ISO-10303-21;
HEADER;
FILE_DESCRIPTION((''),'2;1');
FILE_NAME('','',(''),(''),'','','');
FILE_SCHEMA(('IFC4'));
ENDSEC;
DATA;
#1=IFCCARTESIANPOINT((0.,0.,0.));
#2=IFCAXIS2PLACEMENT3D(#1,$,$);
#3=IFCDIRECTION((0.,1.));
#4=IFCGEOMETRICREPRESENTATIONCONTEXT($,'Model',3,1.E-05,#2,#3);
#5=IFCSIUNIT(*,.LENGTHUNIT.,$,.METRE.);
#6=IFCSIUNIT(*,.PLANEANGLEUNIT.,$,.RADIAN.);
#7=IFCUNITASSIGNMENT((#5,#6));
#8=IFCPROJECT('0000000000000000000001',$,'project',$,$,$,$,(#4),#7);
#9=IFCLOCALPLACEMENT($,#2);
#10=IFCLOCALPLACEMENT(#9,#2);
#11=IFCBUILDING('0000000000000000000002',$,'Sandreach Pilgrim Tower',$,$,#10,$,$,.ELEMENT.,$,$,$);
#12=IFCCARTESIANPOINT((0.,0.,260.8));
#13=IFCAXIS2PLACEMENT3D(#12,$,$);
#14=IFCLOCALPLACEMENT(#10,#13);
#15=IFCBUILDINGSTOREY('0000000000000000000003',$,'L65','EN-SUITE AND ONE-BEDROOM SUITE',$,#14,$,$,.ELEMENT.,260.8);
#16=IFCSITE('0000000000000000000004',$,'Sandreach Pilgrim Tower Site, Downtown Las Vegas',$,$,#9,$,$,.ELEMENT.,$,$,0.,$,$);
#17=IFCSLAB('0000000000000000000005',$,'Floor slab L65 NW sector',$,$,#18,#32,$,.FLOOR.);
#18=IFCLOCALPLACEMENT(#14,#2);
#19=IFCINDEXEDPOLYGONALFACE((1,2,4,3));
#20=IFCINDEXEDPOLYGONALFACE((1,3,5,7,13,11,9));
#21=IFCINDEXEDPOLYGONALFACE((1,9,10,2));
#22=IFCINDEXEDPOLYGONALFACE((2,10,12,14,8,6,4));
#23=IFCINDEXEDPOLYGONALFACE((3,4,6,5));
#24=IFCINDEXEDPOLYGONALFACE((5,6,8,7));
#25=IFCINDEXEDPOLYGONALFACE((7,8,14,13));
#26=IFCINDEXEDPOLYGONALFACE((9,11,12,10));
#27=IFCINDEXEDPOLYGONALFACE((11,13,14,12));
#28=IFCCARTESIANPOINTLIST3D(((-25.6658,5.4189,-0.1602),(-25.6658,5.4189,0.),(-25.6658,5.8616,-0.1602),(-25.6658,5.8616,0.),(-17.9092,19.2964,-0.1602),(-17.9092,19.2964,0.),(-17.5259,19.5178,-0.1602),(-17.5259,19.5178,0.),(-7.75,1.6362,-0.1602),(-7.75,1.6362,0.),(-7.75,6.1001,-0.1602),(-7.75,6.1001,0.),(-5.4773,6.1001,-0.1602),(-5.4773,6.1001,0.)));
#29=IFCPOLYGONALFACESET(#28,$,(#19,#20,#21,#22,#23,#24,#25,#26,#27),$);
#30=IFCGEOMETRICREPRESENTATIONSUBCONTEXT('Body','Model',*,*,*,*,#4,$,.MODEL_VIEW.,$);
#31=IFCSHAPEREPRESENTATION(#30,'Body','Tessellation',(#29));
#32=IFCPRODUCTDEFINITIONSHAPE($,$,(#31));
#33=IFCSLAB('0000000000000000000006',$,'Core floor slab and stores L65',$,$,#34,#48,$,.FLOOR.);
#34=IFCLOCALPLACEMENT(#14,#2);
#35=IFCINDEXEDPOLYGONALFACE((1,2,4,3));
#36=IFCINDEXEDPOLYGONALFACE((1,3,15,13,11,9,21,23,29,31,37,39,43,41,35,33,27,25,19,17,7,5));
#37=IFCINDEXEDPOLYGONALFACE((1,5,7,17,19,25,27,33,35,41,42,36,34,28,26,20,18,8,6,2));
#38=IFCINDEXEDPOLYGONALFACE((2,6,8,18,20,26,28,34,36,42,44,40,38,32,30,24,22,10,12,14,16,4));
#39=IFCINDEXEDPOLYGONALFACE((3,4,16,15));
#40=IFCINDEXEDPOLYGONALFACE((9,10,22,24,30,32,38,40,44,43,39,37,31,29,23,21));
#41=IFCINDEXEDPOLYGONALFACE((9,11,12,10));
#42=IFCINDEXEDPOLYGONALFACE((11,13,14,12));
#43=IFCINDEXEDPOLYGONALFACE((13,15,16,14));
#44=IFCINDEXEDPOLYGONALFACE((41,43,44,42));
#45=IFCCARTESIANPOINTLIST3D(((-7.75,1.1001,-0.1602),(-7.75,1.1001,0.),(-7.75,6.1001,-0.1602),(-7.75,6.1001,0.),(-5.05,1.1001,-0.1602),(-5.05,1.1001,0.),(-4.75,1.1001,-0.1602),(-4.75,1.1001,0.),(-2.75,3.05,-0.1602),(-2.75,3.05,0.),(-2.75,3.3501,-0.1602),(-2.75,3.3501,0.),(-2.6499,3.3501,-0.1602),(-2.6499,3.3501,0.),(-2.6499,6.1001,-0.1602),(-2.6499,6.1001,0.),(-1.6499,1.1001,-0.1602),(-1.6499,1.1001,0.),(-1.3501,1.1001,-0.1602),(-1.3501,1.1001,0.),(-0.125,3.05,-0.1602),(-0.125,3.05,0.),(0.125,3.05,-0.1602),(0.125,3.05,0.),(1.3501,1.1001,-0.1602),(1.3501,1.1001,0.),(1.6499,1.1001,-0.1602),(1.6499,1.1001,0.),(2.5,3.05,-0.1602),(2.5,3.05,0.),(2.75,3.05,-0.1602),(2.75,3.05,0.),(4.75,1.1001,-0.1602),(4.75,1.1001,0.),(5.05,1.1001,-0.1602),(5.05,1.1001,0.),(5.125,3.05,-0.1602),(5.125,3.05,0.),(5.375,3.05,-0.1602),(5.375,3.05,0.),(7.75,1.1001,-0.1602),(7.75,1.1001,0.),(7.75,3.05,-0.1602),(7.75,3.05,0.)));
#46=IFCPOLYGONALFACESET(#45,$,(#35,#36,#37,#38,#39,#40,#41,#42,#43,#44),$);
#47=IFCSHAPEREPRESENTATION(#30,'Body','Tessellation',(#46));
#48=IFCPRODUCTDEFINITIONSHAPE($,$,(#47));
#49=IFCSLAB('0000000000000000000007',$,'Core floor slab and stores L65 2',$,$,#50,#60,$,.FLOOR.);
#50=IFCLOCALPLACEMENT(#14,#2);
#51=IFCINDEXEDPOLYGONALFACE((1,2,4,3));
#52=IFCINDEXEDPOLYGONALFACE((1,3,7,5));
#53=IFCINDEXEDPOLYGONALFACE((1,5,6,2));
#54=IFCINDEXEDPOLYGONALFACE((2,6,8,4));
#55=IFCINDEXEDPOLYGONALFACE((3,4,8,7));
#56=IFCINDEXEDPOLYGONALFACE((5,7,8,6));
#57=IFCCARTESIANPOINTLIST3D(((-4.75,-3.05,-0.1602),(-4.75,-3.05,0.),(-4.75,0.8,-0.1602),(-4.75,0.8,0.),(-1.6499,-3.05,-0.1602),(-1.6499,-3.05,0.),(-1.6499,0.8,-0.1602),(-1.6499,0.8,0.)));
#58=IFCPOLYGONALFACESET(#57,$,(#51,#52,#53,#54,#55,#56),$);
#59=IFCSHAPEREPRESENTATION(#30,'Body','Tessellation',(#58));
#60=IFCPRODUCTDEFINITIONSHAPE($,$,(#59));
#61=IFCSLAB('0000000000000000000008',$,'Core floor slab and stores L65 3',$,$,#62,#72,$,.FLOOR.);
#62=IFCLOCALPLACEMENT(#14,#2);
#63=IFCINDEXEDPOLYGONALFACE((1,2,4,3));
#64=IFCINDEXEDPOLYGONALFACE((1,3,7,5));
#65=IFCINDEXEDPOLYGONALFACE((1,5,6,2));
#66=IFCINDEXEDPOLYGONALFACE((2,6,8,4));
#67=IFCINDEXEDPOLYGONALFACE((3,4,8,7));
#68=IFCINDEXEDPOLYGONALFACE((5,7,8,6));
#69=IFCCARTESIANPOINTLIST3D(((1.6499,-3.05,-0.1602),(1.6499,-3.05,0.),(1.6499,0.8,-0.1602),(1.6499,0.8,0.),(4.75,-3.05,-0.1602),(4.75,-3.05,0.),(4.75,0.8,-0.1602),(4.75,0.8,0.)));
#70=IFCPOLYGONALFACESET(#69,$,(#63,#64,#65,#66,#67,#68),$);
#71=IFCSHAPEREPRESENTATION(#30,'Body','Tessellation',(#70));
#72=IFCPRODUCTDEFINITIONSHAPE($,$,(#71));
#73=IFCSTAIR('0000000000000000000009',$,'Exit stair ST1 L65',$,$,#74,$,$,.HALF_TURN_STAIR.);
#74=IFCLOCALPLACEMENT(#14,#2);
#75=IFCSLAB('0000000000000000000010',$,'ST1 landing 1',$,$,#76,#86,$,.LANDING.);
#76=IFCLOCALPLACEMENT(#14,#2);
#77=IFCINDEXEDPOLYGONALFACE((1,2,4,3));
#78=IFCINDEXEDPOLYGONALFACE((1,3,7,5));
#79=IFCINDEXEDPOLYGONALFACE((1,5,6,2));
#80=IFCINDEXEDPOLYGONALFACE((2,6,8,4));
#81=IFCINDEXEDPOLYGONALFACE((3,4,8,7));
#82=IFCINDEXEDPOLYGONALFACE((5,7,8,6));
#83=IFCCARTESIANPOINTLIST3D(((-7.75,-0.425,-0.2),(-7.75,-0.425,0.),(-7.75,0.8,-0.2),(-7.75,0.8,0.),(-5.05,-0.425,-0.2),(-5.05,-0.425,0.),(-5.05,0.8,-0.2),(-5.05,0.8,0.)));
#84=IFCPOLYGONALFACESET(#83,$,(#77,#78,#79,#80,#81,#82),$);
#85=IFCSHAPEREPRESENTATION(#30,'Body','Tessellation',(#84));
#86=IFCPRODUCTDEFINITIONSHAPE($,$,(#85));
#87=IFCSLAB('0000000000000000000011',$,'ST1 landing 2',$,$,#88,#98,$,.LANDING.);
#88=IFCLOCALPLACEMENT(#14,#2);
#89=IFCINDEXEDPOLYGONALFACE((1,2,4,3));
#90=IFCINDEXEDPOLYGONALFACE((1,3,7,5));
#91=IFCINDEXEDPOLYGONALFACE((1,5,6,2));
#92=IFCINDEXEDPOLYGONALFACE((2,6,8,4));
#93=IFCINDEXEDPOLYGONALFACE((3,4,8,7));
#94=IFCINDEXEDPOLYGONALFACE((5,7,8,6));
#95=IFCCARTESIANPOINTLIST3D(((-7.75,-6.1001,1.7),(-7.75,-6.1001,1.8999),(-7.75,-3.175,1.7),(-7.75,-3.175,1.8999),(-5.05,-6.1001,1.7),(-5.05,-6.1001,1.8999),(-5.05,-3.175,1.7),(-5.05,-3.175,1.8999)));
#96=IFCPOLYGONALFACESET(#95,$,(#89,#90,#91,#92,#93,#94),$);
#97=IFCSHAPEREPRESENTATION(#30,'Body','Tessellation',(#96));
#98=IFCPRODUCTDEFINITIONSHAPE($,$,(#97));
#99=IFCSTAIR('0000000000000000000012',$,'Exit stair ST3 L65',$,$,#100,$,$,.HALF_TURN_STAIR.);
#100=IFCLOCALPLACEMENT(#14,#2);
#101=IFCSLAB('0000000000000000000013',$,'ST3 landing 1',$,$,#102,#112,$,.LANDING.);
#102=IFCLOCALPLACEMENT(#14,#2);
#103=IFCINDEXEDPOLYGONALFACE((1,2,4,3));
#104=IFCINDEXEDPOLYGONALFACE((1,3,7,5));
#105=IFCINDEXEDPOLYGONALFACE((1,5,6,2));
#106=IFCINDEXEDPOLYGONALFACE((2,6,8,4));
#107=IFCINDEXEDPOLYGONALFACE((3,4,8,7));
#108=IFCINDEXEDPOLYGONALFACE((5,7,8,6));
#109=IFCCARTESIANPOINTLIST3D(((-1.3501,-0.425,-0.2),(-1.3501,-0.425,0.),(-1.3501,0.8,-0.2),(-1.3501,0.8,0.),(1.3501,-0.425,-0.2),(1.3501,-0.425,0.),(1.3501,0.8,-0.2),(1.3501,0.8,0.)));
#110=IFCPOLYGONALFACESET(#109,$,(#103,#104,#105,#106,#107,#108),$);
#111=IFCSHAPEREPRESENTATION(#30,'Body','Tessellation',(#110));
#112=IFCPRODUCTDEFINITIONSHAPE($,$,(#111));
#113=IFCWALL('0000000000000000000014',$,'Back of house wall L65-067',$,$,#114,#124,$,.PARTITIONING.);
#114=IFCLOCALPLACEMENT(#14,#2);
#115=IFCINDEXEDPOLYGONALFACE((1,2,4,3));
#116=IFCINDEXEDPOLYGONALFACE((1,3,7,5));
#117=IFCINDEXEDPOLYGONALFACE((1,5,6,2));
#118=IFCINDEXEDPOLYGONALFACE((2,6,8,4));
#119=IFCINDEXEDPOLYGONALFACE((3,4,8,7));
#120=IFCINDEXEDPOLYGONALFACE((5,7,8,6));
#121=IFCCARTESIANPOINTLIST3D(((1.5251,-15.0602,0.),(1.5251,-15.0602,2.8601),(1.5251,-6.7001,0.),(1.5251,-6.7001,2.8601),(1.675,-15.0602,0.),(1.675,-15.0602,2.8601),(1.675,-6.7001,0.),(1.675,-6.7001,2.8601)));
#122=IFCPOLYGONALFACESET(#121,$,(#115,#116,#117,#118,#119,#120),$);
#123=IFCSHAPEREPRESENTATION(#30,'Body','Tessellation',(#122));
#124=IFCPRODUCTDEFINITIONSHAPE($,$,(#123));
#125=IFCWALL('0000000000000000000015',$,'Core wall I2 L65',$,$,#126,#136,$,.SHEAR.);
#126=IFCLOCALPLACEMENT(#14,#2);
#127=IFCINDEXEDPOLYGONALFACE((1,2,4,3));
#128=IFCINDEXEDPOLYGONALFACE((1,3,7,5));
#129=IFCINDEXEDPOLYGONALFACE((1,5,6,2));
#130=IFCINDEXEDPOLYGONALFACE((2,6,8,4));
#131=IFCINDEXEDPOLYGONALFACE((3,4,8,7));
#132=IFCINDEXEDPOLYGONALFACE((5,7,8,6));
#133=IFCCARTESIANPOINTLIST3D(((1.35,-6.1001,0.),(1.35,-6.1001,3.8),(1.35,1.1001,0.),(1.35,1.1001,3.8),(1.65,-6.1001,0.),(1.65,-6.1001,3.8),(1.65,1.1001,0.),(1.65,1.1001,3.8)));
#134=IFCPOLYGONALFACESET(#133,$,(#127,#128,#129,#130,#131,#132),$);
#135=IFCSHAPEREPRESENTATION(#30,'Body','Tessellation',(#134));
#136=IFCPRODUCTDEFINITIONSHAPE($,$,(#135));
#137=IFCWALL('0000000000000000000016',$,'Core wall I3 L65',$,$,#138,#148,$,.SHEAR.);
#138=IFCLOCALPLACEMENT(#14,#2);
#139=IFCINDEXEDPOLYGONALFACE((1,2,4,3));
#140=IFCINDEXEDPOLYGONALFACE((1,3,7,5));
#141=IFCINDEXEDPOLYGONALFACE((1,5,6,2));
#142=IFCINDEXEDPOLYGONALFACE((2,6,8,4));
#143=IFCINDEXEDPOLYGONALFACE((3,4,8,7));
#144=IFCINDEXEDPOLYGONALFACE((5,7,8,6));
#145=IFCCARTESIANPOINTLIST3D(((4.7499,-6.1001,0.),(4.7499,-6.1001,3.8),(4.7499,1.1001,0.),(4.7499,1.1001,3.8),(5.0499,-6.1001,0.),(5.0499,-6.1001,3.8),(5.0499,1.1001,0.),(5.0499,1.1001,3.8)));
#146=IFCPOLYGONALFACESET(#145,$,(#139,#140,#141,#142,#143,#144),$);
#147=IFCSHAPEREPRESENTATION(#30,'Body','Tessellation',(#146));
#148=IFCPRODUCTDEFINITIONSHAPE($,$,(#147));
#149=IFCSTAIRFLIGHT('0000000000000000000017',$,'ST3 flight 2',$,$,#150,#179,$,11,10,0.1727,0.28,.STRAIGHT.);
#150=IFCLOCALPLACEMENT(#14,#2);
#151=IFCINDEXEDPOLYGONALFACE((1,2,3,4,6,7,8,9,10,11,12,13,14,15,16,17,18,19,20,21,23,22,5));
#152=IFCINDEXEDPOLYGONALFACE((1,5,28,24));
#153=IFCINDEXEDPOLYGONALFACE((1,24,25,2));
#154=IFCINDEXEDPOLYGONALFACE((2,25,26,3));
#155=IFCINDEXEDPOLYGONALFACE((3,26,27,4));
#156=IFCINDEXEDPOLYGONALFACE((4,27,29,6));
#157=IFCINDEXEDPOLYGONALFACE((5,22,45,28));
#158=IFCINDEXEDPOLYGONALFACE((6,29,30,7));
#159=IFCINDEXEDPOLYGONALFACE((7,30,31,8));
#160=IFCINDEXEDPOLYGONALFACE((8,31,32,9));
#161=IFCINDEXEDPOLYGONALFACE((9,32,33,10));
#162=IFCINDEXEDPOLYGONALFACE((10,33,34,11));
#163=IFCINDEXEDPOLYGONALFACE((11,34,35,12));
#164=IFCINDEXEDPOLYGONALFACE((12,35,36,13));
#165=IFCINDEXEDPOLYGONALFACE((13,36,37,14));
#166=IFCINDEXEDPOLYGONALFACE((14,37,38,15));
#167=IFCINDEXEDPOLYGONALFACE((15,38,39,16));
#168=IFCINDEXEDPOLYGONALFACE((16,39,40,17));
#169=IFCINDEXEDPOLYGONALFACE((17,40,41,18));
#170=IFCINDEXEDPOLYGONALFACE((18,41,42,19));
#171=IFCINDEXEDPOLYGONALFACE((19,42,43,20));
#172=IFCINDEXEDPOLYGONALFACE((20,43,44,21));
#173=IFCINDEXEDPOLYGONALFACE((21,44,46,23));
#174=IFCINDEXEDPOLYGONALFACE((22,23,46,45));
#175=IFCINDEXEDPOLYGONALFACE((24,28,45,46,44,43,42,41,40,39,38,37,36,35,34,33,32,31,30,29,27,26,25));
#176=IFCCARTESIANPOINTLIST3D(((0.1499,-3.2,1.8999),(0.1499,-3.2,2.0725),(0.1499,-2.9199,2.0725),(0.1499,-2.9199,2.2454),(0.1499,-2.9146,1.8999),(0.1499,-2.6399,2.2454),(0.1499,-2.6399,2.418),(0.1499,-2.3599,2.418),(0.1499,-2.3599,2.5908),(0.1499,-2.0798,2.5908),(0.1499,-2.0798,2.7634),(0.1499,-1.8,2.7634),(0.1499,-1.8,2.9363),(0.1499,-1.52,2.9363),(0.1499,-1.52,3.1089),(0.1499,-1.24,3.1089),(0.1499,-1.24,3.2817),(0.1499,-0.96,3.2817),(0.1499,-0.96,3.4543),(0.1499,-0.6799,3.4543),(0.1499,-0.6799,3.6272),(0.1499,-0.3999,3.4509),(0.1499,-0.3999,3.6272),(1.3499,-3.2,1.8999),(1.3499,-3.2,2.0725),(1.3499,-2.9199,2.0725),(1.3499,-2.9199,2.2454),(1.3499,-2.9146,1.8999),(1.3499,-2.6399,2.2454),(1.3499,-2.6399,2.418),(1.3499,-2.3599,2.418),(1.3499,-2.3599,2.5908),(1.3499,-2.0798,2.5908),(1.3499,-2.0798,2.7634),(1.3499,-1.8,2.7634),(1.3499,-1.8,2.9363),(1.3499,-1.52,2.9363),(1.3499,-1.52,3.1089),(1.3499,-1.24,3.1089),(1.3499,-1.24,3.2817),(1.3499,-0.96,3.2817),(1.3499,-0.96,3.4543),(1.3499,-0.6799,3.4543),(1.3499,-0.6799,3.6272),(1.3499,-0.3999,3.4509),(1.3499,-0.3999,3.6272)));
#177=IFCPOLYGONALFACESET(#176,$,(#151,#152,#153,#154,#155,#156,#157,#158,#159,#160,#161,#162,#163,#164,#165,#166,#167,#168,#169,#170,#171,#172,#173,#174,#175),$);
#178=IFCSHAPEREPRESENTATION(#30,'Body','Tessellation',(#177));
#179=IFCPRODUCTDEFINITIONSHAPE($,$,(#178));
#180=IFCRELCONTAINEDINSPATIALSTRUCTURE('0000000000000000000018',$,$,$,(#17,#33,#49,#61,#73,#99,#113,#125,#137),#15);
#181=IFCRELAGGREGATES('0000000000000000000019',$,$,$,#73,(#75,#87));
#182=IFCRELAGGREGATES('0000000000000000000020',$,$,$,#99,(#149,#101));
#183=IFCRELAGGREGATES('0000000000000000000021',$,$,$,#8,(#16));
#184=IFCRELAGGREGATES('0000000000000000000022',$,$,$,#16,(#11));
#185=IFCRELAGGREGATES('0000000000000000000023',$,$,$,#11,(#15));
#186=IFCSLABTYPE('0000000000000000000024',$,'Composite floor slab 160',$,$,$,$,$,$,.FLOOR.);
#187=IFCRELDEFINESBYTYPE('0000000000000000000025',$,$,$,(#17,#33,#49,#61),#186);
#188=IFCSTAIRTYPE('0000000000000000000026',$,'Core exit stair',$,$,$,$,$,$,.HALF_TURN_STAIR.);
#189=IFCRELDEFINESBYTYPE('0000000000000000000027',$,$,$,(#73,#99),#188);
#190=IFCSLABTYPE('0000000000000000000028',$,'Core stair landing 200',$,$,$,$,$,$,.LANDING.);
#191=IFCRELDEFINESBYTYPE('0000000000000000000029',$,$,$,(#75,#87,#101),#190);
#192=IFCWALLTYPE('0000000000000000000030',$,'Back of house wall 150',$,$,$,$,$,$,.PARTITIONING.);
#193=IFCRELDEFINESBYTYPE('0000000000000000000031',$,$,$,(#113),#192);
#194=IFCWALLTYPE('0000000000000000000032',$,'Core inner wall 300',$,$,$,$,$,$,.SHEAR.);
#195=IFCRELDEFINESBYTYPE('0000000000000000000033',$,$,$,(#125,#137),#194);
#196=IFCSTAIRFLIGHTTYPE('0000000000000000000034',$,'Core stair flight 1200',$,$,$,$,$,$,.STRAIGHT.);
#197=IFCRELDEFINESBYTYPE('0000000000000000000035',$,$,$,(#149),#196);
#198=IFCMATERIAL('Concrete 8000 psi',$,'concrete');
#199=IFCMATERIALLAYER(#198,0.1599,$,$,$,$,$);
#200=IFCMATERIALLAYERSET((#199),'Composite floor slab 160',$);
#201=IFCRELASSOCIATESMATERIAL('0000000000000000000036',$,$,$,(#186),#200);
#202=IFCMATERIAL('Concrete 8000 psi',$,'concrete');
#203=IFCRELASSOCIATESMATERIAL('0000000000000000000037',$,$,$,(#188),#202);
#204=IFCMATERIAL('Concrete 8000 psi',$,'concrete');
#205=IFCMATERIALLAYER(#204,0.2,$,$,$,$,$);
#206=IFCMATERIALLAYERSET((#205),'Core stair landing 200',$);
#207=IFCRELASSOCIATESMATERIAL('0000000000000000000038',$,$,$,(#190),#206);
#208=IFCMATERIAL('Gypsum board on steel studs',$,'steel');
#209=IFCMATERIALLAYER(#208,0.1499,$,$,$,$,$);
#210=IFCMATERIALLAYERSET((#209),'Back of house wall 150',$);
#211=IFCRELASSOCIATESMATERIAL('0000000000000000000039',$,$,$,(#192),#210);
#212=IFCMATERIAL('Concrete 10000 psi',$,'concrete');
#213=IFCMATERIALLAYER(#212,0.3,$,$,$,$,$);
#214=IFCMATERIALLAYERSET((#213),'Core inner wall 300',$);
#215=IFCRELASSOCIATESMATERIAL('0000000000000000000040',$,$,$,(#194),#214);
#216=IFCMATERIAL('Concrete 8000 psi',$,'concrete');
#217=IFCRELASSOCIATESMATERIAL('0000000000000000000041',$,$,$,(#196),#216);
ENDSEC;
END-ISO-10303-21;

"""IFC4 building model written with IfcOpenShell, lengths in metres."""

from ifc_helpers import new_model, si_unit, direction, frame, frame_2d, origin, place, context, subcontext, project, spatial, polyline, rectangle, outline, extrude, material, layer, layer_set, type_object, element, aggregate, save


model = new_model("IFC4")

# Units and contexts
model_context = context("Model", 3, precision=1e-05, world=origin(), true_north=direction((0.0, 1.0)))
body_context = subcontext(model_context, "Body", "Model", "MODEL_VIEW")
ifc_project = project(units=[si_unit("LENGTHUNIT", "METRE"), si_unit("PLANEANGLEUNIT", "RADIAN")], contexts=[model_context])

# Site, building, storey
site_placement = place(None, origin())
site = spatial("IfcSite", under=ifc_project, at=site_placement, Name="Sandreach Pilgrim Tower Site, Downtown Las Vegas", CompositionType="ELEMENT", RefElevation=0.0)
building_placement = place(site_placement, origin())
building = spatial("IfcBuilding", under=site, at=building_placement, Name="Sandreach Pilgrim Tower", CompositionType="ELEMENT")
storey_placement = place(building_placement, frame((0.0, 0.0, 260.8)))
storey = spatial("IfcBuildingStorey", under=building, at=storey_placement, Name="L65", Description="EN-SUITE AND ONE-BEDROOM SUITE", CompositionType="ELEMENT", Elevation=260.8)

# Slabs
ifc_material_1 = material(Name="Concrete 8000 psi", Category="concrete")
ifc_layer_1 = layer(ifc_material_1, 0.1599)
ifc_layer_set_1 = layer_set([ifc_layer_1], Name="Composite floor slab 160")
slab_type_1 = type_object("IfcSlabType", Name="Composite floor slab 160", PredefinedType="FLOOR", material=ifc_layer_set_1)
slab_1_placement = place(storey_placement, frame((0.0, 0.0, -0.1602)))
element("IfcSlab", 1, at=slab_1_placement, inside=storey, type_object=slab_type_1, Name="Floor slab L65 NW sector", PredefinedType="FLOOR", context=body_context, shape_type="SweptSolid", body=[
    extrude(outline(polyline([(-25.6658, 5.8616), (-17.9092, 19.2964), (-17.5259, 19.5178), (-5.4773, 6.1001), (-7.75, 6.1001), (-7.75, 1.6362), (-25.6658, 5.4189), (-25.6658, 5.8616)])), origin(), (0.0, 0.0, 1.0), 0.1602),
])
slab_2_placement = place(storey_placement, frame((0.0, 0.0, -0.1602)))
element("IfcSlab", 2, at=slab_2_placement, inside=storey, type_object=slab_type_1, Name="Core floor slab and stores L65", PredefinedType="FLOOR", context=body_context, shape_type="SweptSolid", body=[
    extrude(outline(polyline([(-2.75, 3.3501), (-2.75, 3.05), (-0.125, 3.05), (0.125, 3.05), (2.5, 3.05), (2.75, 3.05), (5.125, 3.05), (5.375, 3.05), (7.75, 3.05), (7.75, 1.1001), (5.05, 1.1001), (4.75, 1.1001), (1.6499, 1.1001), (1.3501, 1.1001), (-1.3501, 1.1001), (-1.6499, 1.1001), (-4.75, 1.1001), (-5.05, 1.1001), (-7.75, 1.1001), (-7.75, 6.1001), (-2.6499, 6.1001), (-2.6499, 3.3501), (-2.75, 3.3501)])), origin(), (0.0, 0.0, 1.0), 0.1602),
])
slab_3_placement = place(storey_placement, frame((0.0, 0.0, -0.1602)))
element("IfcSlab", 3, at=slab_3_placement, inside=storey, type_object=slab_type_1, Name="Core floor slab and stores L65 2", PredefinedType="FLOOR", context=body_context, shape_type="SweptSolid", body=[
    extrude(outline(polyline([(-1.6499, -3.05), (-4.75, -3.05), (-4.75, 0.8), (-1.6499, 0.8), (-1.6499, -3.05)])), origin(), (0.0, 0.0, 1.0), 0.1602),
])
slab_4_placement = place(storey_placement, frame((0.0, 0.0, -0.1602)))
element("IfcSlab", 4, at=slab_4_placement, inside=storey, type_object=slab_type_1, Name="Core floor slab and stores L65 3", PredefinedType="FLOOR", context=body_context, shape_type="SweptSolid", body=[
    extrude(outline(polyline([(4.75, -3.05), (1.6499, -3.05), (1.6499, 0.8), (4.75, 0.8), (4.75, -3.05)])), origin(), (0.0, 0.0, 1.0), 0.1602),
])

# Stair, slabs
ifc_material_2 = material(Name="Concrete 8000 psi", Category="concrete")
stair_type = type_object("IfcStairType", Name="Core exit stair", PredefinedType="HALF_TURN_STAIR", material=ifc_material_2)
stair_1_placement = place(storey_placement, origin())
stair_1 = element("IfcStair", 5, at=stair_1_placement, inside=storey, type_object=stair_type, Name="Exit stair ST1 L65", PredefinedType="HALF_TURN_STAIR")
ifc_material_3 = material(Name="Concrete 8000 psi", Category="concrete")
ifc_layer_2 = layer(ifc_material_3, 0.2)
ifc_layer_set_2 = layer_set([ifc_layer_2], Name="Core stair landing 200")
slab_type_2 = type_object("IfcSlabType", Name="Core stair landing 200", PredefinedType="LANDING", material=ifc_layer_set_2)
slab_5_placement = place(storey_placement, frame((0.0, 0.0, -0.2)))
slab_5 = element("IfcSlab", 6, at=slab_5_placement, type_object=slab_type_2, Name="ST1 landing 1", PredefinedType="LANDING", context=body_context, shape_type="SweptSolid", body=[
    extrude(outline(polyline([(-7.75, -0.425), (-5.05, -0.425), (-5.05, 0.8), (-7.75, 0.8), (-7.75, -0.425)])), origin(), (0.0, 0.0, 1.0), 0.2),
])
slab_6_placement = place(storey_placement, frame((0.0, 0.0, 1.7)))
slab_6 = element("IfcSlab", 7, at=slab_6_placement, type_object=slab_type_2, Name="ST1 landing 2", PredefinedType="LANDING", context=body_context, shape_type="SweptSolid", body=[
    extrude(outline(polyline([(-7.75, -6.1001), (-5.05, -6.1001), (-5.05, -3.175), (-7.75, -3.175), (-7.75, -6.1001)])), origin(), (0.0, 0.0, 1.0), 0.2),
])
aggregate(stair_1, [slab_5, slab_6])

# Stair, slab
stair_2_placement = place(storey_placement, origin())
stair_2 = element("IfcStair", 8, at=stair_2_placement, inside=storey, type_object=stair_type, Name="Exit stair ST3 L65", PredefinedType="HALF_TURN_STAIR")
slab_7_placement = place(storey_placement, frame((0.0, 0.0, -0.2)))
slab_7 = element("IfcSlab", 9, at=slab_7_placement, type_object=slab_type_2, Name="ST3 landing 1", PredefinedType="LANDING", context=body_context, shape_type="SweptSolid", body=[
    extrude(outline(polyline([(-1.3501, -0.425), (1.3501, -0.425), (1.3501, 0.8), (-1.3501, 0.8), (-1.3501, -0.425)])), origin(), (0.0, 0.0, 1.0), 0.2),
])

# Walls
ifc_material_4 = material(Name="Gypsum board on steel studs", Category="steel")
ifc_layer_3 = layer(ifc_material_4, 0.1499)
ifc_layer_set_3 = layer_set([ifc_layer_3], Name="Back of house wall 150")
wall_type_1 = type_object("IfcWallType", Name="Back of house wall 150", PredefinedType="PARTITIONING", material=ifc_layer_set_3)
wall_1_placement = place(storey_placement, frame((1.6001, -6.7, 0.0), z_axis=(0.0, 0.0, 1.0), x_axis=(0.0, -1.0, 0.0)))
element("IfcWall", 10, at=wall_1_placement, inside=storey, type_object=wall_type_1, Name="Back of house wall L65-067", PredefinedType="PARTITIONING", context=body_context, shape_type="SweptSolid", body=[
    extrude(rectangle(XDim=8.3601, YDim=0.1499, at=frame_2d((4.1802, 0.0))), origin(), (0.0, 0.0, 1.0), 2.8601),
])
ifc_material_5 = material(Name="Concrete 10000 psi", Category="concrete")
ifc_layer_4 = layer(ifc_material_5, 0.3)
ifc_layer_set_4 = layer_set([ifc_layer_4], Name="Core inner wall 300")
wall_type_2 = type_object("IfcWallType", Name="Core inner wall 300", PredefinedType="SHEAR", material=ifc_layer_set_4)
for number, where, z_axis, x_axis, name in (
    (11, (1.5, -6.1001, 0.0), (0.0, 0.0, 1.0), (0.0, 1.0, 0.0), "Core wall I2 L65"),
    (12, (4.8999, -6.1001, 0.0), (0.0, 0.0, 1.0), (0.0, 1.0, 0.0), "Core wall I3 L65"),
):
    element("IfcWall", number, at=place(storey_placement, frame(where, z_axis=z_axis, x_axis=x_axis)), inside=storey, type_object=wall_type_2, Name=name, PredefinedType="SHEAR", context=body_context, shape_type="SweptSolid", body=[
        extrude(rectangle(XDim=7.2002, YDim=0.3, at=frame_2d((3.6001, 0.0))), origin(), (0.0, 0.0, 1.0), 3.8),
    ])

# Stair flight
ifc_material_6 = material(Name="Concrete 8000 psi", Category="concrete")
stair_flight_type = type_object("IfcStairFlightType", Name="Core stair flight 1200", PredefinedType="STRAIGHT", material=ifc_material_6)
stair_flight_placement = place(storey_placement, frame((0.75, -3.2, 1.8999), z_axis=(0.0, 0.0, 1.0), x_axis=(0.0, 1.0, 0.0)))
stair_flight = element("IfcStairFlight", 13, at=stair_flight_placement, type_object=stair_flight_type, Name="ST3 flight 2", NumberOfRisers=11, NumberOfTreads=10, PredefinedType="STRAIGHT", RiserHeight=0.1727, TreadLength=0.28, context=body_context, shape_type="SweptSolid", body=[
    extrude(outline(polyline([(0.0, 0.0), (0.0, 0.1726), (0.28, 0.1726), (0.28, 0.3455), (0.5601, 0.3455), (0.5601, 0.5181), (0.8401, 0.5181), (0.8401, 0.6909), (1.1201, 0.6909), (1.1201, 0.8635), (1.3999, 0.8635), (1.3999, 1.0364), (1.6799, 1.0364), (1.6799, 1.209), (1.96, 1.209), (1.96, 1.3818), (2.24, 1.3818), (2.24, 1.5544), (2.52, 1.5544), (2.52, 1.7273), (2.8, 1.7273), (2.8, 1.8999), (2.8, 1.551), (0.2854, 0.0), (0.0, 0.0)])), frame((0.0, 0.6001, 0.0), z_axis=(0.0, -1.0, 0.0), x_axis=(1.0, 0.0, 0.0)), (0.0, 0.0, 1.0), 1.2),
])
aggregate(stair_2, [stair_flight, slab_7])

save(model, "model.ifc")
